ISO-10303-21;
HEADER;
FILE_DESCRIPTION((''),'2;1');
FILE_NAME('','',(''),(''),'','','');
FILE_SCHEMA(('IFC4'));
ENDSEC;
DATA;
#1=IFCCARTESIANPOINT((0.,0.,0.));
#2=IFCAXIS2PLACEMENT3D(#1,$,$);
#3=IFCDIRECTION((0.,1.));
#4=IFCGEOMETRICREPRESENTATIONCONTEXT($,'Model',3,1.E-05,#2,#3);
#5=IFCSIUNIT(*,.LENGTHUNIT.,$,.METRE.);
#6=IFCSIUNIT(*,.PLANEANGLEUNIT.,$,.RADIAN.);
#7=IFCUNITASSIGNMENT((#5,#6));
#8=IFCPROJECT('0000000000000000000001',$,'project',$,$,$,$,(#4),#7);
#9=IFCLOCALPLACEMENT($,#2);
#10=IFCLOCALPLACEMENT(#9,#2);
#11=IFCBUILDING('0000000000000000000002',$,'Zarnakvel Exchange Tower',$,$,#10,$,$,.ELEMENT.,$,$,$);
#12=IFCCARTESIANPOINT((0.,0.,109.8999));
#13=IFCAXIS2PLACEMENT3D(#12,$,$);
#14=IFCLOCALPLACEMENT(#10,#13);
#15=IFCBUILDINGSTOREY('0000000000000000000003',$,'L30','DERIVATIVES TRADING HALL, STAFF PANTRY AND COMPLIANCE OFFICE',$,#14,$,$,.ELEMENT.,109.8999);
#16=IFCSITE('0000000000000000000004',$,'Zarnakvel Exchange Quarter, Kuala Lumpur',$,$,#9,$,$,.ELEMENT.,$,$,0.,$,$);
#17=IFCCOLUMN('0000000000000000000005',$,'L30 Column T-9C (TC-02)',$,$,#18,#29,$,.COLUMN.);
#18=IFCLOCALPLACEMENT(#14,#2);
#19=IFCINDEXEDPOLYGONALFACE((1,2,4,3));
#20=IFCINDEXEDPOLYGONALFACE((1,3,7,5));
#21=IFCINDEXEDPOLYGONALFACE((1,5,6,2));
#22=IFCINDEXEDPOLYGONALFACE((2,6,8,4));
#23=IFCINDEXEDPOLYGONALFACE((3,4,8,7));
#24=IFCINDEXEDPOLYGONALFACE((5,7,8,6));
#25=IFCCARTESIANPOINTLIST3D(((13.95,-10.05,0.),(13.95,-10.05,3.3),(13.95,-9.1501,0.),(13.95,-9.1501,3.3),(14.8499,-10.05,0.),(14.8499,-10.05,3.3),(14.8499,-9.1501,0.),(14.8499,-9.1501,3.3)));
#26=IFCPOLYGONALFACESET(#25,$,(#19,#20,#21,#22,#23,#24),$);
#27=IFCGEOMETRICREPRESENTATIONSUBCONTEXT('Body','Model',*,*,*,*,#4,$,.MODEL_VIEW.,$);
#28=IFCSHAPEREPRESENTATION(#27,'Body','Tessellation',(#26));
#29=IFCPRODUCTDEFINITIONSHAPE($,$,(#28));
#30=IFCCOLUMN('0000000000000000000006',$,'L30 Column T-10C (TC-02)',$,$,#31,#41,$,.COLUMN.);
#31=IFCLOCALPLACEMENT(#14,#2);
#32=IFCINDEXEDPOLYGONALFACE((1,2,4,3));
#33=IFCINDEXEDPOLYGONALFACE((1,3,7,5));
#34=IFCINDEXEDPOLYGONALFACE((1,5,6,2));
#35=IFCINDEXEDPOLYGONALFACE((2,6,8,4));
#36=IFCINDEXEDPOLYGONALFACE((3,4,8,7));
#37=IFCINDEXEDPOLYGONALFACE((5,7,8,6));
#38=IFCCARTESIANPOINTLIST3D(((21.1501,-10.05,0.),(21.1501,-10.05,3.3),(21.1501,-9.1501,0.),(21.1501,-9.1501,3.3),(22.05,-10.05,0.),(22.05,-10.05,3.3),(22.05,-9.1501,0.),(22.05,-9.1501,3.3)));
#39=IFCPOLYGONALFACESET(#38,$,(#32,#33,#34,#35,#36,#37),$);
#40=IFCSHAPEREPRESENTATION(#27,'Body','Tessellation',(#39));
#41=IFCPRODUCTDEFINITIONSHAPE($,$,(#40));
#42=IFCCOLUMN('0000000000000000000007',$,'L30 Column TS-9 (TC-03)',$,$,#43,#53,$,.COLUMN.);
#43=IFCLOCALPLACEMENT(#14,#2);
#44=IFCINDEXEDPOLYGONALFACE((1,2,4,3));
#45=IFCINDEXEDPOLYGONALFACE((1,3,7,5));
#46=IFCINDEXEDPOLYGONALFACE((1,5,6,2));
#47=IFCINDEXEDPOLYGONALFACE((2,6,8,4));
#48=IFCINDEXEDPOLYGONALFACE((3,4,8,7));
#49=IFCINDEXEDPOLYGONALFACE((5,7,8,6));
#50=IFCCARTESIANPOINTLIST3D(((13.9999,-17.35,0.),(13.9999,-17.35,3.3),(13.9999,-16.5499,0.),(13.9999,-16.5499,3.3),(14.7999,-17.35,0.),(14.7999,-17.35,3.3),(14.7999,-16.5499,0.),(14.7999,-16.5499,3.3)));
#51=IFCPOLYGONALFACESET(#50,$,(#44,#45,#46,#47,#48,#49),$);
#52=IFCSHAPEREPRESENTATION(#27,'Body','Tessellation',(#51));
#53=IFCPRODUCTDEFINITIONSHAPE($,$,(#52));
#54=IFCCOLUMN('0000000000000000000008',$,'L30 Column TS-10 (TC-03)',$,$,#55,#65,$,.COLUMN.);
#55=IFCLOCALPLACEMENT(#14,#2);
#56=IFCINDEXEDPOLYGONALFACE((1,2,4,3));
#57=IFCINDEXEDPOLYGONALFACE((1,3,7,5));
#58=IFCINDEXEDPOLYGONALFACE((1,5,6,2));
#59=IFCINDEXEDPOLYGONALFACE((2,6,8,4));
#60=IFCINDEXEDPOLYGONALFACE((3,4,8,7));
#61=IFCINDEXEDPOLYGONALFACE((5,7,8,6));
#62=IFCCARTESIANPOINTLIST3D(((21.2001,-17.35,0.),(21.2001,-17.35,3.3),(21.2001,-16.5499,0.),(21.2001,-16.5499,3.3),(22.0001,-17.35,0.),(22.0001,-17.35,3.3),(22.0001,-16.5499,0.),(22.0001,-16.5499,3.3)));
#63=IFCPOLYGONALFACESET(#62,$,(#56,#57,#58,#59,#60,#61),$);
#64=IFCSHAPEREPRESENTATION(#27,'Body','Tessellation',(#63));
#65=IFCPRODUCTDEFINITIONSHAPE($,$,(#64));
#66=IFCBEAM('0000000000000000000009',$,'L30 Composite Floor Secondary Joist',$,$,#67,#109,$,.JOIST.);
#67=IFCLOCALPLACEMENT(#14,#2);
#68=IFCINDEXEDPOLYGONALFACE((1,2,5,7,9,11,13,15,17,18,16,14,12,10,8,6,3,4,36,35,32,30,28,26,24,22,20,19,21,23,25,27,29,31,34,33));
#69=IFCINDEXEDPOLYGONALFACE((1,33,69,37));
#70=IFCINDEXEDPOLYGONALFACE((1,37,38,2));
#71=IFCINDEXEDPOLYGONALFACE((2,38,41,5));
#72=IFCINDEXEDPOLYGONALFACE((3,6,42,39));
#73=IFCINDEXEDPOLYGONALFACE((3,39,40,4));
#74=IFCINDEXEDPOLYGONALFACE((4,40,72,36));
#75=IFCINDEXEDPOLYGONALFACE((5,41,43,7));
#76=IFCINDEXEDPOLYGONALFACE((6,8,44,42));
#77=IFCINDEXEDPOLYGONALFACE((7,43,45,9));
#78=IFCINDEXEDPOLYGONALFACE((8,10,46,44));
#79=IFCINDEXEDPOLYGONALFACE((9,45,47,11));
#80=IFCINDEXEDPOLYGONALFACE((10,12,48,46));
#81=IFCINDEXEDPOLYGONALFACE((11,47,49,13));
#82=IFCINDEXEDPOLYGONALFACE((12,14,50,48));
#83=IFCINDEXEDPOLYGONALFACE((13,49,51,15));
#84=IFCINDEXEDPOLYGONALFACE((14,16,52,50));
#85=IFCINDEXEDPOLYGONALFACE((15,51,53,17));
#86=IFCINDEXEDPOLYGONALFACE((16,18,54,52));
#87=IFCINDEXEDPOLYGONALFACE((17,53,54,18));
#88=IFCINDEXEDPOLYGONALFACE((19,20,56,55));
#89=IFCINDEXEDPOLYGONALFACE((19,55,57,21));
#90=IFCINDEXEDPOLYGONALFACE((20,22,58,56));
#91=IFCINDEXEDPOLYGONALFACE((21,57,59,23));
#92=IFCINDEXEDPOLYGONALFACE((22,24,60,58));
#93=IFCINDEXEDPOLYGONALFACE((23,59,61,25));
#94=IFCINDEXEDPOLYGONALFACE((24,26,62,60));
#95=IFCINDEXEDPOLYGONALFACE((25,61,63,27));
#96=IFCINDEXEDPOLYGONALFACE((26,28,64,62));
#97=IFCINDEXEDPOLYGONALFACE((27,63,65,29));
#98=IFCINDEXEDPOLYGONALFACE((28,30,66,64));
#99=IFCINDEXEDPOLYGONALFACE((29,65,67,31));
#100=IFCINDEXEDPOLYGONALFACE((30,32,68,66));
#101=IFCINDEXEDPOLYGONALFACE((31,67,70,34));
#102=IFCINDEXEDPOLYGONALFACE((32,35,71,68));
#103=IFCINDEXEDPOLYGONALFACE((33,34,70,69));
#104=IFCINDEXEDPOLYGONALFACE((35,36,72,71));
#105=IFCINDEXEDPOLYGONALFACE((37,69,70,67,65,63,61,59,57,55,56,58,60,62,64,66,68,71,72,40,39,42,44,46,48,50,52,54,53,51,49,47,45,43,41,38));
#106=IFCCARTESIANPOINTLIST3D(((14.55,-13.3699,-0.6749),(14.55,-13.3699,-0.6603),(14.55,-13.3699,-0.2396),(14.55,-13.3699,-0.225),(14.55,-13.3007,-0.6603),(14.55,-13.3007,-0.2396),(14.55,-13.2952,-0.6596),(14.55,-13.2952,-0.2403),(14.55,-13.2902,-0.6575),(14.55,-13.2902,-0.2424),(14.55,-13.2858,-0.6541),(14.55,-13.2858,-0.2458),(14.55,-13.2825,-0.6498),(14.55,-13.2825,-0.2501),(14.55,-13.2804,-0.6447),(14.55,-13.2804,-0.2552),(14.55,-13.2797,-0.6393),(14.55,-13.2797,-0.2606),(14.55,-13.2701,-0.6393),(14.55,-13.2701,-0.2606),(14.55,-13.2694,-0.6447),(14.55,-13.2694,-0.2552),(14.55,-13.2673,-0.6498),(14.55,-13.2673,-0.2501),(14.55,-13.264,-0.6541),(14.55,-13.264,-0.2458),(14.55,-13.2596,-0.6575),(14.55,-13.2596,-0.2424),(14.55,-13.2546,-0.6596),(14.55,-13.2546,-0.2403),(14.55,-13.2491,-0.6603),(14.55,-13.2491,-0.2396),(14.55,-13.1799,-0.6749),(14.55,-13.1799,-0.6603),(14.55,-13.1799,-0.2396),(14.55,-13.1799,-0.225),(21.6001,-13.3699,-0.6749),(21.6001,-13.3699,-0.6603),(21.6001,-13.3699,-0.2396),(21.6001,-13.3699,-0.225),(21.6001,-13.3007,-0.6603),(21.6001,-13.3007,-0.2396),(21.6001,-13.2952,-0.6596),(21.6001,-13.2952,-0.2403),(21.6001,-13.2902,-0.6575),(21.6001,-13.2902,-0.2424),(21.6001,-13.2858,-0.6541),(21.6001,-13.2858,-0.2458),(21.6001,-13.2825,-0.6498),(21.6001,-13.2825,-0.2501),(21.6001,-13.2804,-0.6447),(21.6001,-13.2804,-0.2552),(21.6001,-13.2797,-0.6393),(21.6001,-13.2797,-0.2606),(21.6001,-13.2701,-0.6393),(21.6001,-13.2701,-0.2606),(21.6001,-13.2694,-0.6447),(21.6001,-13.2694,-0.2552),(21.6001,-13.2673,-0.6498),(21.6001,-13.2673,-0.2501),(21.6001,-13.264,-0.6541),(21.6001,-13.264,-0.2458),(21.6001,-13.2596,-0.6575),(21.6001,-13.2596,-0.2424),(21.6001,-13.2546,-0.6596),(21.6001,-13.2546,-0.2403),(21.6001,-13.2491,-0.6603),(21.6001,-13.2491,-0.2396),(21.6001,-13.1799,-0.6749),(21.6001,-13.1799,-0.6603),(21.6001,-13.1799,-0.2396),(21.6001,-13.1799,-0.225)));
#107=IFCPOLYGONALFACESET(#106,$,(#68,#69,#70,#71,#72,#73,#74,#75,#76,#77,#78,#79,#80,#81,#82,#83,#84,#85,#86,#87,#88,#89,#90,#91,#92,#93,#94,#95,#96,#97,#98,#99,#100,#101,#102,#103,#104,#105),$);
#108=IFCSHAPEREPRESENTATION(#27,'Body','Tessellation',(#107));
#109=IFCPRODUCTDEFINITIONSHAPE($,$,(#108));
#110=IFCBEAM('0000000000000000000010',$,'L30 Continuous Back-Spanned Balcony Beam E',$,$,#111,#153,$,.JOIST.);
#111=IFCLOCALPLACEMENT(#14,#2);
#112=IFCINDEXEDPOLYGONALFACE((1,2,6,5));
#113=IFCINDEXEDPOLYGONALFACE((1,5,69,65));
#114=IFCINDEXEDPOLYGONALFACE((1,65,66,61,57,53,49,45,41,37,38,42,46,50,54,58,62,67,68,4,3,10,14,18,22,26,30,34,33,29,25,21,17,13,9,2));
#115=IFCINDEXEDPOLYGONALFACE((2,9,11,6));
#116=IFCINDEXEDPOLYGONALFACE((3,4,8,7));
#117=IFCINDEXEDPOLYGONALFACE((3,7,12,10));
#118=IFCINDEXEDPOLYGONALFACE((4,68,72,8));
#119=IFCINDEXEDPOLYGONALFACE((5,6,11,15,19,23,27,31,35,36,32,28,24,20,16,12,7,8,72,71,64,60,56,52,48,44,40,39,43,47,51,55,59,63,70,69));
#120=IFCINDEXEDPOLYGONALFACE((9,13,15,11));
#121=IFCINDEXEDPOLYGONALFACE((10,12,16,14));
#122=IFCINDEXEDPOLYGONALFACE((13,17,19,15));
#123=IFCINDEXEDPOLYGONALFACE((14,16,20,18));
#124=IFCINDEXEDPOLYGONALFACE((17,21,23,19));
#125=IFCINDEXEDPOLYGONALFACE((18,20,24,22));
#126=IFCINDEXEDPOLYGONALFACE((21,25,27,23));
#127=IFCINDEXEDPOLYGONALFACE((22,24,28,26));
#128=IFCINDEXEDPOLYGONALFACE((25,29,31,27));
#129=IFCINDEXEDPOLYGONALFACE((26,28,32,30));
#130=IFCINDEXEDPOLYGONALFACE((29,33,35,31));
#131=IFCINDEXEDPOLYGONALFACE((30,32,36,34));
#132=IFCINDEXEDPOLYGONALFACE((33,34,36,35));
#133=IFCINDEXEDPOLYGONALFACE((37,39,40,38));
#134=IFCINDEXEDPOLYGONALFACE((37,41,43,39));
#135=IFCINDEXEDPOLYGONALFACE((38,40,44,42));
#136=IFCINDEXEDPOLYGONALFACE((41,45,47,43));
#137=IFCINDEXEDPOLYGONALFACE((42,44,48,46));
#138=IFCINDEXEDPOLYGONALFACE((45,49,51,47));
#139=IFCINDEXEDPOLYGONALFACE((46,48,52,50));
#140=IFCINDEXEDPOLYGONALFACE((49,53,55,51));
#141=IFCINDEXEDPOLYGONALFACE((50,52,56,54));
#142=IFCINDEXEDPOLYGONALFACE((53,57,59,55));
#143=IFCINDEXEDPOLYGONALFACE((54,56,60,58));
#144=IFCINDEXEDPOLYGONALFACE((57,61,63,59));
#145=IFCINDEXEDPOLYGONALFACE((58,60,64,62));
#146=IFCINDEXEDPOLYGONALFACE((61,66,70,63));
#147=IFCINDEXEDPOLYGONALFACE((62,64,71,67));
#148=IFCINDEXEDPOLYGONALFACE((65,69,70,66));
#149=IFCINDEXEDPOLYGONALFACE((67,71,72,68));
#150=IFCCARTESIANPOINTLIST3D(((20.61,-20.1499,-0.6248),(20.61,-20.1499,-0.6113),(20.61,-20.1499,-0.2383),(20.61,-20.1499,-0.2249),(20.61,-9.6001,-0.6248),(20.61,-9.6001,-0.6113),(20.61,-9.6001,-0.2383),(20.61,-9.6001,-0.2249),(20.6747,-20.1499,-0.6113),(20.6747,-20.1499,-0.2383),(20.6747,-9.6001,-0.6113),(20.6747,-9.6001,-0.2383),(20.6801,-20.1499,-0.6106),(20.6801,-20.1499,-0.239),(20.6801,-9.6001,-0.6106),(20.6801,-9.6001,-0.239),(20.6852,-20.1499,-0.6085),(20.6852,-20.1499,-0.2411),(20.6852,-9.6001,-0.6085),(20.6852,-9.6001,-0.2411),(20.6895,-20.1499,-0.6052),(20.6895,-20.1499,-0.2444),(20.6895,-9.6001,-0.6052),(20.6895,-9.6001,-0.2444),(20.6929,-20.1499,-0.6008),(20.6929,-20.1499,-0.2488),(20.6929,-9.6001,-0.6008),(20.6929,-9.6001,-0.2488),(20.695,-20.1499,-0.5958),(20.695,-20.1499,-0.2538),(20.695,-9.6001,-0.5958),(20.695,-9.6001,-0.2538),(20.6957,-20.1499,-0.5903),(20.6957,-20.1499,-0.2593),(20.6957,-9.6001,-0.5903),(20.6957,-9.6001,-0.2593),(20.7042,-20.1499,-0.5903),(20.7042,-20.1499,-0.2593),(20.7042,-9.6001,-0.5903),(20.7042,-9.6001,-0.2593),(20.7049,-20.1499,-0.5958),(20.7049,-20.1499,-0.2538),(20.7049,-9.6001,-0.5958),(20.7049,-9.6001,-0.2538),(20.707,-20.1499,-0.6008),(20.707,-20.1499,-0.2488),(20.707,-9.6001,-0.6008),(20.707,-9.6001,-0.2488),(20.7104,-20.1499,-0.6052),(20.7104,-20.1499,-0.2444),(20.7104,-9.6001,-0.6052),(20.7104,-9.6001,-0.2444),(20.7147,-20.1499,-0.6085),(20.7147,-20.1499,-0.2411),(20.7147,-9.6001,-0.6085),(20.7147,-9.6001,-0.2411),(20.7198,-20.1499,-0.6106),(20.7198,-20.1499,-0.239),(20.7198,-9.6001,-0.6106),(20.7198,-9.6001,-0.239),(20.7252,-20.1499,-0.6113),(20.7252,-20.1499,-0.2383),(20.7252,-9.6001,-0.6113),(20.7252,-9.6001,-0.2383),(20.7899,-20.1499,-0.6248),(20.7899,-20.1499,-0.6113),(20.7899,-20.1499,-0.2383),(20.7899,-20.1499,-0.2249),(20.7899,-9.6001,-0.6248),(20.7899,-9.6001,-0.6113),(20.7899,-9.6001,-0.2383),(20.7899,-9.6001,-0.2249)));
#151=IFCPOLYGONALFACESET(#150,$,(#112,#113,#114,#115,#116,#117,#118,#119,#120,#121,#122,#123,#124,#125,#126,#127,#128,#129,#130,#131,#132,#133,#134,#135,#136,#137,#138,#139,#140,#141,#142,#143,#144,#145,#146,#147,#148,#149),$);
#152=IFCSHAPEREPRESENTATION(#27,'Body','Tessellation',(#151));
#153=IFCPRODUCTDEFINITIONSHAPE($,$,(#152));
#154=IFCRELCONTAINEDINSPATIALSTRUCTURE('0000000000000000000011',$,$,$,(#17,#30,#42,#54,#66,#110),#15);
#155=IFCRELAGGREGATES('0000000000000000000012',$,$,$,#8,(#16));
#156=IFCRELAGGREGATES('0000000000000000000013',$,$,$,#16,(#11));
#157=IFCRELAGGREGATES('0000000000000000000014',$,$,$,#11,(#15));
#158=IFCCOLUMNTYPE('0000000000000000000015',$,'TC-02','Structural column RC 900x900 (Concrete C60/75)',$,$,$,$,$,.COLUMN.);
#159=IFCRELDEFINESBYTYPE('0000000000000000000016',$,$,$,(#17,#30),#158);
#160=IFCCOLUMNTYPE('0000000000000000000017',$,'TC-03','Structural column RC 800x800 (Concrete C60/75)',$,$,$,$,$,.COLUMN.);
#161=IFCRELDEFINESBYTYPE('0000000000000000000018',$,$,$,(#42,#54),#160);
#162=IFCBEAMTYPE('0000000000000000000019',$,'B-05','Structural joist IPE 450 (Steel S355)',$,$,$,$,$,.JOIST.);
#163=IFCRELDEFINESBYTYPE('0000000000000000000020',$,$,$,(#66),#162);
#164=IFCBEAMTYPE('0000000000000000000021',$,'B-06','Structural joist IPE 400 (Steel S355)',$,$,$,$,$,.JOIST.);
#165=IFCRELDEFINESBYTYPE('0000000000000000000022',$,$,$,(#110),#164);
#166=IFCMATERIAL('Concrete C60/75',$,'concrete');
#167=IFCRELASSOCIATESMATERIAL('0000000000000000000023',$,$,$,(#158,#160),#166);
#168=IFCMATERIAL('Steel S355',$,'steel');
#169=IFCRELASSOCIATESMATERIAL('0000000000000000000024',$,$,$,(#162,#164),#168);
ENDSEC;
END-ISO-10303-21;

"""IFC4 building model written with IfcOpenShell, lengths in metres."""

from ifc_helpers import new_model, si_unit, direction, frame, origin, origin_2d, place, context, subcontext, project, spatial, rectangle, i_section, extrude, material, material_profile, profile_set, type_object, element, save


model = new_model("IFC4")

# Units and contexts
model_context = context("Model", 3, precision=1e-05, world=origin(), true_north=direction((0.0, 1.0)))
body_context = subcontext(model_context, "Body", "Model", "MODEL_VIEW")
ifc_project = project(units=[si_unit("LENGTHUNIT", "METRE"), si_unit("PLANEANGLEUNIT", "RADIAN")], contexts=[model_context])

# Site, building, storey
site_placement = place(None, origin())
site = spatial("IfcSite", under=ifc_project, at=site_placement, Name="Zarnakvel Exchange Quarter, Kuala Lumpur", CompositionType="ELEMENT", RefElevation=0.0)
building_placement = place(site_placement, origin())
building = spatial("IfcBuilding", under=site, at=building_placement, Name="Zarnakvel Exchange Tower", CompositionType="ELEMENT")
storey_placement = place(building_placement, frame((0.0, 0.0, 109.8999)))
storey = spatial("IfcBuildingStorey", under=building, at=storey_placement, Name="L30", Description="DERIVATIVES TRADING HALL, STAFF PANTRY AND COMPLIANCE OFFICE", CompositionType="ELEMENT", Elevation=109.8999)

# Columns
ifc_material_1 = material(Name="Concrete C60/75", Category="concrete")
ifc_material_profile_1 = material_profile(ifc_material_1, rectangle(XDim=0.8999, YDim=0.8999, at=origin_2d()))
ifc_profile_set_1 = profile_set([ifc_material_profile_1], Name="Concrete C60/75")
column_type_1 = type_object("IfcColumnType", Name="TC-02", Description="Structural column RC 900x900 (Concrete C60/75)", PredefinedType="COLUMN", material=ifc_profile_set_1)
for number, where, z_axis, x_axis, name in (
    (1, (14.3999, -9.6001, 0.0), (0.0, 0.0, 1.0), (1.0, 0.0, 0.0), "L30 Column T-9C (TC-02)"),
    (2, (21.6001, -9.6001, 0.0), (0.0, 0.0, 1.0), (1.0, 0.0, 0.0), "L30 Column T-10C (TC-02)"),
):
    element("IfcColumn", number, at=place(storey_placement, frame(where, z_axis=z_axis, x_axis=x_axis)), inside=storey, type_object=column_type_1, Name=name, PredefinedType="COLUMN", context=body_context, shape_type="SweptSolid", body=[
        extrude(rectangle(XDim=0.8999, YDim=0.8999, at=origin_2d()), origin(), (0.0, 0.0, 1.0), 3.3),
    ])
ifc_material_profile_2 = material_profile(ifc_material_1, rectangle(XDim=0.8, YDim=0.8, at=origin_2d()))
ifc_profile_set_2 = profile_set([ifc_material_profile_2], Name="Concrete C60/75")
column_type_2 = type_object("IfcColumnType", Name="TC-03", Description="Structural column RC 800x800 (Concrete C60/75)", PredefinedType="COLUMN", material=ifc_profile_set_2)
for number, where, z_axis, x_axis, name in (
    (3, (14.3999, -16.95, 0.0), (0.0, 0.0, 1.0), (1.0, 0.0, 0.0), "L30 Column TS-9 (TC-03)"),
    (4, (21.6001, -16.95, 0.0), (0.0, 0.0, 1.0), (1.0, 0.0, 0.0), "L30 Column TS-10 (TC-03)"),
):
    element("IfcColumn", number, at=place(storey_placement, frame(where, z_axis=z_axis, x_axis=x_axis)), inside=storey, type_object=column_type_2, Name=name, PredefinedType="COLUMN", context=body_context, shape_type="SweptSolid", body=[
        extrude(rectangle(XDim=0.8, YDim=0.8, at=origin_2d()), origin(), (0.0, 0.0, 1.0), 3.3),
    ])

# Beams
ifc_material_2 = material(Name="Steel S355", Category="steel")
ifc_material_profile_3 = material_profile(ifc_material_2, i_section(OverallWidth=0.1899, OverallDepth=0.45, WebThickness=0.0095, FlangeThickness=0.0146, FilletRadius=0.021, at=origin_2d()))
ifc_profile_set_3 = profile_set([ifc_material_profile_3], Name="Steel S355")
beam_type_1 = type_object("IfcBeamType", Name="B-05", Description="Structural joist IPE 450 (Steel S355)", PredefinedType="JOIST", material=ifc_profile_set_3)
beam_1_placement = place(storey_placement, frame((14.55, -13.2749, -0.45), z_axis=(1.0, 0.0, 0.0), x_axis=(0.0, 1.0, 0.0)))
element("IfcBeam", 5, at=beam_1_placement, inside=storey, type_object=beam_type_1, Name="L30 Composite Floor Secondary Joist", PredefinedType="JOIST", context=body_context, shape_type="SweptSolid", body=[
    extrude(i_section(OverallWidth=0.1899, OverallDepth=0.45, WebThickness=0.0095, FlangeThickness=0.0146, FilletRadius=0.021, at=origin_2d()), origin(), (0.0, 0.0, 1.0), 7.05),
])
ifc_material_profile_4 = material_profile(ifc_material_2, i_section(OverallWidth=0.1799, OverallDepth=0.3999, WebThickness=0.0085, FlangeThickness=0.0134, FilletRadius=0.021, at=origin_2d()))
ifc_profile_set_4 = profile_set([ifc_material_profile_4], Name="Steel S355")
beam_type_2 = type_object("IfcBeamType", Name="B-06", Description="Structural joist IPE 400 (Steel S355)", PredefinedType="JOIST", material=ifc_profile_set_4)
beam_2_placement = place(storey_placement, frame((20.7, -9.6001, -0.4248), z_axis=(0.0, -1.0, 0.0), x_axis=(1.0, 0.0, 0.0)))
element("IfcBeam", 6, at=beam_2_placement, inside=storey, type_object=beam_type_2, Name="L30 Continuous Back-Spanned Balcony Beam E", PredefinedType="JOIST", context=body_context, shape_type="SweptSolid", body=[
    extrude(i_section(OverallWidth=0.1799, OverallDepth=0.3999, WebThickness=0.0085, FlangeThickness=0.0134, FilletRadius=0.021, at=origin_2d()), origin(), (0.0, 0.0, 1.0), 10.5498),
])

save(model, "model.ifc")
